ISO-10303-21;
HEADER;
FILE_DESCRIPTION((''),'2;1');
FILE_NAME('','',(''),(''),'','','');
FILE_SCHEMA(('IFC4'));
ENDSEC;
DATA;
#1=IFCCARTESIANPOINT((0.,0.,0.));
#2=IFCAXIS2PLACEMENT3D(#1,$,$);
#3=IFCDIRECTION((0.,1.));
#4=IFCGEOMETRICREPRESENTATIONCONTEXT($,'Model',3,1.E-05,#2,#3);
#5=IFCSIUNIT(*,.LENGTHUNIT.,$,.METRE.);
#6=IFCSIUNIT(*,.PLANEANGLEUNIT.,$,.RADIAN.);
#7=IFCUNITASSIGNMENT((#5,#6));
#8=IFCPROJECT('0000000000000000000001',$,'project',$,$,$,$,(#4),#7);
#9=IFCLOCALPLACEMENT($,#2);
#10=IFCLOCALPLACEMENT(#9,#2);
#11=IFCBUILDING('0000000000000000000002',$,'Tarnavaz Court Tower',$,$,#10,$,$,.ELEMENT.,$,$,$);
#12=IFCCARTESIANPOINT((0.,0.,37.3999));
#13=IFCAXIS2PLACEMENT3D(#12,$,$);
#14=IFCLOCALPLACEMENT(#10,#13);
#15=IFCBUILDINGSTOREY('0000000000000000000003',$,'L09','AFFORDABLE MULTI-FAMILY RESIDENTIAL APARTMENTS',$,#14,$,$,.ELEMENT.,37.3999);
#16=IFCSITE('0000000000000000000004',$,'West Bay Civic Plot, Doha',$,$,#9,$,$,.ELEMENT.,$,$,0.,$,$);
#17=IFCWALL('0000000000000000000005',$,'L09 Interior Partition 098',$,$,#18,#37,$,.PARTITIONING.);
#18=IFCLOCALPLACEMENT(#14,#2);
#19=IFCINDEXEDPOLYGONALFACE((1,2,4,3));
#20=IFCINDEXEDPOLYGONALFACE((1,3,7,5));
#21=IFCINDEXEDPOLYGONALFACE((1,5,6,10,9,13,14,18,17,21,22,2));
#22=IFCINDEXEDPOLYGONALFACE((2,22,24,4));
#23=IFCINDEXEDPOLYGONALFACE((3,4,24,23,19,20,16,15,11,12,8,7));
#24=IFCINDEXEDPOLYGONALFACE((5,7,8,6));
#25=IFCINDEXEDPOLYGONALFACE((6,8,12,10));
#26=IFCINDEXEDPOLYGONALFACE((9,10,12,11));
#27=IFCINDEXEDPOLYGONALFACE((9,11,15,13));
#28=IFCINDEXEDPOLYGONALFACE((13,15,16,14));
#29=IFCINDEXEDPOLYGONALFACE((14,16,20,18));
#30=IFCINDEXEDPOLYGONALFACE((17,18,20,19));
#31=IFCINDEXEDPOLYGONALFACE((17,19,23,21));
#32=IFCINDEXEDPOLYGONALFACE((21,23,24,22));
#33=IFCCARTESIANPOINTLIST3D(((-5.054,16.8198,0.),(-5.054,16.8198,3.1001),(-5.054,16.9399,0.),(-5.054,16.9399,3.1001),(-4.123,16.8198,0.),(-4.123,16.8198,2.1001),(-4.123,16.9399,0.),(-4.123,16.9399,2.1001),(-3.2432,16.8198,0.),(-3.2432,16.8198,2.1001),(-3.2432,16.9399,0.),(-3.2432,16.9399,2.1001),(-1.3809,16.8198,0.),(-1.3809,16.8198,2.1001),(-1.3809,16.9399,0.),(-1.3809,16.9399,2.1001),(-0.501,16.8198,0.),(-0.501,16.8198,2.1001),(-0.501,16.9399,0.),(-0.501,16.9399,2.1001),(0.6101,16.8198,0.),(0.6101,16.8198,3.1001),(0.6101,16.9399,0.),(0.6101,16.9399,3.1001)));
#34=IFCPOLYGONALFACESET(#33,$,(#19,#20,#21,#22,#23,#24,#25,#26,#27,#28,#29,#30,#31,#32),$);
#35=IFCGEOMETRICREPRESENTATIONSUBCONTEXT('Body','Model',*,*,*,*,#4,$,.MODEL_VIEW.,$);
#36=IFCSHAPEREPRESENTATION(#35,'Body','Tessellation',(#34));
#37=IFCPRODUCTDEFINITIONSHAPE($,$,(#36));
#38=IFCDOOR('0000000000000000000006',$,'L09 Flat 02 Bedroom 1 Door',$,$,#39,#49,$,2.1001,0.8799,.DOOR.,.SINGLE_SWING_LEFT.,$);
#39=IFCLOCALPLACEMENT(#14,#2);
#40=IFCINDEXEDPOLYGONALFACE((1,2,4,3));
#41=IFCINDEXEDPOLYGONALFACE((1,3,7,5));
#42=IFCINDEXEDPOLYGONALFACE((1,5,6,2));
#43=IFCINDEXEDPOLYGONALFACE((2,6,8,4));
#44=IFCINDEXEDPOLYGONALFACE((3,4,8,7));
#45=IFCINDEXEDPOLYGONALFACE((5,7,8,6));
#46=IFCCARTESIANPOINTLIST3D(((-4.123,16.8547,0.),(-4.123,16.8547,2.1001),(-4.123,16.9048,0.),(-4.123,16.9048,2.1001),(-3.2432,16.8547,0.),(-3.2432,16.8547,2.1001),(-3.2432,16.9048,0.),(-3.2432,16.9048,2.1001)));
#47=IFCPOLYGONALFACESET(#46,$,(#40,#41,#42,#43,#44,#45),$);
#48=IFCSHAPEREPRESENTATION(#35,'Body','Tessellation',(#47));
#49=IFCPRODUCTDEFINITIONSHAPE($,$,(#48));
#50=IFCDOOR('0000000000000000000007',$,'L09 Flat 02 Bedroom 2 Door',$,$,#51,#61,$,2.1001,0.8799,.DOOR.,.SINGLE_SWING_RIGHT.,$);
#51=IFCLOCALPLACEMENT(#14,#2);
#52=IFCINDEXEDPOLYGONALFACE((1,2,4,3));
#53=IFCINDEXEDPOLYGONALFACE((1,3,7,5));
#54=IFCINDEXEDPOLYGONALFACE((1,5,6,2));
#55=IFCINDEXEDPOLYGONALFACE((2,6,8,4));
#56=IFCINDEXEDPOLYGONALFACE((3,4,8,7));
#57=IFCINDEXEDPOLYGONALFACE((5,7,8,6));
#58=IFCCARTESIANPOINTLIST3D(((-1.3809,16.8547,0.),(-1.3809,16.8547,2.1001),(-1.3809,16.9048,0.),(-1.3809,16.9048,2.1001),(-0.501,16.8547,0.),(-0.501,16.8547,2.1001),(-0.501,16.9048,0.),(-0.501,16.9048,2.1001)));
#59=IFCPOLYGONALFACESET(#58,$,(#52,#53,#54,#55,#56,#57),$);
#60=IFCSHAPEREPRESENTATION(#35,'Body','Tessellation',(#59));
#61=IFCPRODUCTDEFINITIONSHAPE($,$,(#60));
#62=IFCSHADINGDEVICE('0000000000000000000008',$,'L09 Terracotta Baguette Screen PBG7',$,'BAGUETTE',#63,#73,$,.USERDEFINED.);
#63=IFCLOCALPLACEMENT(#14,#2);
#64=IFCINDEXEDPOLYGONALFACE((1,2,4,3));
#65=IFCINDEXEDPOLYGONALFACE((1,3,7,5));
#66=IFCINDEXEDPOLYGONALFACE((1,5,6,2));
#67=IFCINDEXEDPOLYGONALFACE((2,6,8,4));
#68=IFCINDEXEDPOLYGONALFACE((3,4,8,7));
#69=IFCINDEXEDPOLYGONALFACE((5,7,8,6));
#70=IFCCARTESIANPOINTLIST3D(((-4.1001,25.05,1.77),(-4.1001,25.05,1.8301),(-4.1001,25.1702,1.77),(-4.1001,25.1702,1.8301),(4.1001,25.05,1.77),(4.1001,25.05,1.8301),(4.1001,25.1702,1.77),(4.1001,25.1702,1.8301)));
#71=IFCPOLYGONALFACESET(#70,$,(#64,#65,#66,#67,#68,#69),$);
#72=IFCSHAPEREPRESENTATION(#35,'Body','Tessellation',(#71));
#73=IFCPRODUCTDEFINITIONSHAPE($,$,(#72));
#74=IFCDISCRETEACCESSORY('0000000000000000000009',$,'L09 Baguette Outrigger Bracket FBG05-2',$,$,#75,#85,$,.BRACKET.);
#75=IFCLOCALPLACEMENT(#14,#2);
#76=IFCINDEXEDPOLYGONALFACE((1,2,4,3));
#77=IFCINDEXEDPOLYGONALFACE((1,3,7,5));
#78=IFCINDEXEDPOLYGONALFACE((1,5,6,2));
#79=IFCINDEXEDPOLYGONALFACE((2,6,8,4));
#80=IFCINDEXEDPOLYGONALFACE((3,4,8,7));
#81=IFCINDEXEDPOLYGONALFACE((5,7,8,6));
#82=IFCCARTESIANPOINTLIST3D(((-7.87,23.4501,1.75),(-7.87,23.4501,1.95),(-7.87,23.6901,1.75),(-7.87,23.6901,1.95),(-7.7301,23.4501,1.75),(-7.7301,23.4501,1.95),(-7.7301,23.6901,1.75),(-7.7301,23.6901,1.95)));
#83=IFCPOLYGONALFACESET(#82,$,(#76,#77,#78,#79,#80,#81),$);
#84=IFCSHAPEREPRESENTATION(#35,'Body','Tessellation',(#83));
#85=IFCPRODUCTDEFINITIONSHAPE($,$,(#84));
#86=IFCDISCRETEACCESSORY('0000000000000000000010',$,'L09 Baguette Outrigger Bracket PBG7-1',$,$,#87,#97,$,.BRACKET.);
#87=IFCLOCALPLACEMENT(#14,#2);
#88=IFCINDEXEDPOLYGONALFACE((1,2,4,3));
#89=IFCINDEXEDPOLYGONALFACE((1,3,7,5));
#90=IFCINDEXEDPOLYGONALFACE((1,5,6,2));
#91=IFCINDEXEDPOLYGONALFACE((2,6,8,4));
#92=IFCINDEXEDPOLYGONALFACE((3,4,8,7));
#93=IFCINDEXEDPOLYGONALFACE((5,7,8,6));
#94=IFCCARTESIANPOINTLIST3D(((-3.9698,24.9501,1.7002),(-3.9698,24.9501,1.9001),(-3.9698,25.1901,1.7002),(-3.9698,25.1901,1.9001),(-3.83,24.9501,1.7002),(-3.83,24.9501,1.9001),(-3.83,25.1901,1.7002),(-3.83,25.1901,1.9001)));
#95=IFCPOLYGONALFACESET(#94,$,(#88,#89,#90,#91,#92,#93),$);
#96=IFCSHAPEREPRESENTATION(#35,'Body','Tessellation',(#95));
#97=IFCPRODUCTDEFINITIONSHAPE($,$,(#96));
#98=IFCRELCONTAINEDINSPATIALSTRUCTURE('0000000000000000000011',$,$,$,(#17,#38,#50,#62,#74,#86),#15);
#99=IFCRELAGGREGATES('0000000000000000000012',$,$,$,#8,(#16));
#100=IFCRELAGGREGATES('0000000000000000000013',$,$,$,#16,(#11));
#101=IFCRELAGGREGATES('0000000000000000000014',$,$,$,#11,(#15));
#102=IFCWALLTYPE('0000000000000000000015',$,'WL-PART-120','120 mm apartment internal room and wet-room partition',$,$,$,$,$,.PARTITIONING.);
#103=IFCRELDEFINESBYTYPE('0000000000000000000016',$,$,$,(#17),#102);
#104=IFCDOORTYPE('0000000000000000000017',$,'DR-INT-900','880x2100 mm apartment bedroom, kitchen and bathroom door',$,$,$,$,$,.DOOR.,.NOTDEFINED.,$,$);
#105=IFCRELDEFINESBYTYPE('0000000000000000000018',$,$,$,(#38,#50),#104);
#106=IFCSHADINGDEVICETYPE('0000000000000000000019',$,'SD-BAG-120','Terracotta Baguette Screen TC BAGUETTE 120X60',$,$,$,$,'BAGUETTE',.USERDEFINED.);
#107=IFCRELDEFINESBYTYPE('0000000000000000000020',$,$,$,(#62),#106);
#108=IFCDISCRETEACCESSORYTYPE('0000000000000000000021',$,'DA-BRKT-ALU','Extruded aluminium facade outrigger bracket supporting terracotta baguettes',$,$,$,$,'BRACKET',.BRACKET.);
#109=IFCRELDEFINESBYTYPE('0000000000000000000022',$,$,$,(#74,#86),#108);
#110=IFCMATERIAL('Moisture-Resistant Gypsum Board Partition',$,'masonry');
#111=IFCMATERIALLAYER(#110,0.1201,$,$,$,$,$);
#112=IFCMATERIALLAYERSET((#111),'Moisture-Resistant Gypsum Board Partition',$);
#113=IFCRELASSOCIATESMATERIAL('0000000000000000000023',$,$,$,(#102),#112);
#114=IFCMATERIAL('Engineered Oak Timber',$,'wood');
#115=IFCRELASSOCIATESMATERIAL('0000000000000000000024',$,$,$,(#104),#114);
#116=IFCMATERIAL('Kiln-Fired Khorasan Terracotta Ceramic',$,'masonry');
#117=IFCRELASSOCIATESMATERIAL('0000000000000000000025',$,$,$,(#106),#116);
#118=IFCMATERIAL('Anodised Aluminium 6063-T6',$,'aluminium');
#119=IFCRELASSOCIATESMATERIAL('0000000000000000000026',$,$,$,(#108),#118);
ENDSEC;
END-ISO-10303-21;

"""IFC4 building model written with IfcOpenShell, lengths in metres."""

from ifc_helpers import new_model, si_unit, direction, frame, frame_2d, origin, origin_2d, place, context, subcontext, project, spatial, rectangle, extrude, material, layer, layer_set, material_profile, profile_set, type_object, element, fill, save


model = new_model("IFC4")

# Units and contexts
model_context = context("Model", 3, precision=1e-05, world=origin(), true_north=direction((0.0, 1.0)))
body_context = subcontext(model_context, "Body", "Model", "MODEL_VIEW")
ifc_project = project(units=[si_unit("LENGTHUNIT", "METRE"), si_unit("PLANEANGLEUNIT", "RADIAN")], contexts=[model_context])

# Site, building, storey
site_placement = place(None, origin())
site = spatial("IfcSite", under=ifc_project, at=site_placement, Name="West Bay Civic Plot, Doha", CompositionType="ELEMENT", RefElevation=0.0)
building_placement = place(site_placement, origin())
building = spatial("IfcBuilding", under=site, at=building_placement, Name="Tarnavaz Court Tower", CompositionType="ELEMENT")
storey_placement = place(building_placement, frame((0.0, 0.0, 37.3999)))
storey = spatial("IfcBuildingStorey", under=building, at=storey_placement, Name="L09", Description="AFFORDABLE MULTI-FAMILY RESIDENTIAL APARTMENTS", CompositionType="ELEMENT", Elevation=37.3999)

# Shared definitions
ifc_material_1 = material(Name="Anodised Aluminium 6063-T6", Category="aluminium")

# Shared definitions
ifc_material_2 = material(Name="Moisture-Resistant Gypsum Board Partition", Category="masonry")
ifc_layer_1 = layer(ifc_material_2, 0.1201)
ifc_layer_set_1 = layer_set([ifc_layer_1], Name="Moisture-Resistant Gypsum Board Partition")
wall_type_1 = type_object("IfcWallType", Name="WL-PART-120", Description="120 mm apartment internal room and wet-room partition", PredefinedType="PARTITIONING", material=ifc_layer_set_1)
ifc_material_3 = material(Name="Engineered Oak Timber", Category="wood")
door_type_1 = type_object("IfcDoorType", Name="DR-INT-900", Description="880x2100 mm apartment bedroom, kitchen and bathroom door", OperationType="NOTDEFINED", PredefinedType="DOOR", material=ifc_material_3)

# Wall, openings, doors
wall_1_placement = place(storey_placement, frame((-5.054, 16.8799, 0.0), z_axis=(0.0, 0.0, 1.0), x_axis=(1.0, 0.0, 0.0)))
wall_1 = element("IfcWall", 1, at=wall_1_placement, inside=storey, type_object=wall_type_1, Name="L09 Interior Partition 098", PredefinedType="PARTITIONING", context=body_context, shape_type="SweptSolid", body=[
    extrude(rectangle(XDim=5.6641, YDim=0.1201, at=frame_2d((2.832, 0.0))), origin(), (0.0, 0.0, 1.0), 3.1001),
])
opening_1_placement = place(wall_1_placement, frame((0.9309, 0.0, 0.0)))
opening_1 = element("IfcOpeningElement", 2, at=opening_1_placement, cuts=wall_1, PredefinedType="OPENING", context=body_context, shape_type="SweptSolid", body=[
    extrude(rectangle(XDim=0.8799, YDim=2.1001, at=frame_2d((0.4399, 1.05))), frame((0.0, 0.0701, 0.0), z_axis=(0.0, -1.0, 0.0), x_axis=(1.0, 0.0, 0.0)), (0.0, 0.0, 1.0), 0.1401),
])
opening_2_placement = place(wall_1_placement, frame((3.6731, 0.0, 0.0)))
opening_2 = element("IfcOpeningElement", 3, at=opening_2_placement, cuts=wall_1, PredefinedType="OPENING", context=body_context, shape_type="SweptSolid", body=[
    extrude(rectangle(XDim=0.8799, YDim=2.1001, at=frame_2d((0.4399, 1.05))), frame((0.0, 0.0701, 0.0), z_axis=(0.0, -1.0, 0.0), x_axis=(1.0, 0.0, 0.0)), (0.0, 0.0, 1.0), 0.1401),
])
door_1_placement = place(opening_1_placement, origin())
door_1 = element("IfcDoor", 4, at=door_1_placement, inside=storey, type_object=door_type_1, Name="L09 Flat 02 Bedroom 1 Door", OperationType="SINGLE_SWING_LEFT", OverallHeight=2.1001, OverallWidth=0.8799, PredefinedType="DOOR", context=body_context, shape_type="SweptSolid", body=[
    extrude(rectangle(XDim=0.8799, YDim=2.1001, at=frame_2d((0.4399, 1.05))), frame((0.0, 0.0249, 0.0), z_axis=(0.0, -1.0, 0.0), x_axis=(1.0, 0.0, 0.0)), (0.0, 0.0, 1.0), 0.05),
])
fill(opening_1, door_1)
door_2_placement = place(opening_2_placement, origin())
door_2 = element("IfcDoor", 5, at=door_2_placement, inside=storey, type_object=door_type_1, Name="L09 Flat 02 Bedroom 2 Door", OperationType="SINGLE_SWING_RIGHT", OverallHeight=2.1001, OverallWidth=0.8799, PredefinedType="DOOR", context=body_context, shape_type="SweptSolid", body=[
    extrude(rectangle(XDim=0.8799, YDim=2.1001, at=frame_2d((0.4399, 1.05))), frame((0.0, 0.0249, 0.0), z_axis=(0.0, -1.0, 0.0), x_axis=(1.0, 0.0, 0.0)), (0.0, 0.0, 1.0), 0.05),
])
fill(opening_2, door_2)

# Shading device
ifc_material_4 = material(Name="Kiln-Fired Khorasan Terracotta Ceramic", Category="masonry")
ifc_material_profile_1 = material_profile(ifc_material_4, rectangle(XDim=0.1201, YDim=0.0601, at=origin_2d()), Name="TC BAGUETTE 120X60")
ifc_profile_set_1 = profile_set([ifc_material_profile_1], Name="Kiln-Fired Khorasan Terracotta Ceramic")
shading_device_type = type_object("IfcShadingDeviceType", Name="SD-BAG-120", Description="Terracotta Baguette Screen TC BAGUETTE 120X60", ElementType="BAGUETTE", PredefinedType="USERDEFINED", material=ifc_profile_set_1)
shading_device_placement = place(storey_placement, frame((-4.1001, 25.1101, 1.8), z_axis=(1.0, 0.0, 0.0), x_axis=(0.0, 1.0, 0.0)))
element("IfcShadingDevice", 6, at=shading_device_placement, inside=storey, type_object=shading_device_type, Name="L09 Terracotta Baguette Screen PBG7", ObjectType="BAGUETTE", PredefinedType="USERDEFINED", context=body_context, shape_type="SweptSolid", body=[
    extrude(rectangle(XDim=0.1201, YDim=0.0601, at=origin_2d()), origin(), (0.0, 0.0, 1.0), 8.2002),
])

# Discrete accessories
discrete_accessory_type = type_object("IfcDiscreteAccessoryType", Name="DA-BRKT-ALU", Description="Extruded aluminium facade outrigger bracket supporting terracotta baguettes", ElementType="BRACKET", PredefinedType="BRACKET", material=ifc_material_1)
for number, where, z_axis, x_axis, name in (
    (7, (-7.8, 23.5701, 1.75), (0.0, 0.0, 1.0), (1.0, 0.0, 0.0), "L09 Baguette Outrigger Bracket FBG05-2"),
    (8, (-3.8999, 25.0701, 1.7002), (0.0, 0.0, 1.0), (1.0, 0.0, 0.0), "L09 Baguette Outrigger Bracket PBG7-1"),
):
    element("IfcDiscreteAccessory", number, at=place(storey_placement, frame(where, z_axis=z_axis, x_axis=x_axis)), inside=storey, type_object=discrete_accessory_type, Name=name, PredefinedType="BRACKET", context=body_context, shape_type="SweptSolid", body=[
        extrude(rectangle(XDim=0.1399, YDim=0.24, at=origin_2d()), origin(), (0.0, 0.0, 1.0), 0.2),
    ])

save(model, "model.ifc")
